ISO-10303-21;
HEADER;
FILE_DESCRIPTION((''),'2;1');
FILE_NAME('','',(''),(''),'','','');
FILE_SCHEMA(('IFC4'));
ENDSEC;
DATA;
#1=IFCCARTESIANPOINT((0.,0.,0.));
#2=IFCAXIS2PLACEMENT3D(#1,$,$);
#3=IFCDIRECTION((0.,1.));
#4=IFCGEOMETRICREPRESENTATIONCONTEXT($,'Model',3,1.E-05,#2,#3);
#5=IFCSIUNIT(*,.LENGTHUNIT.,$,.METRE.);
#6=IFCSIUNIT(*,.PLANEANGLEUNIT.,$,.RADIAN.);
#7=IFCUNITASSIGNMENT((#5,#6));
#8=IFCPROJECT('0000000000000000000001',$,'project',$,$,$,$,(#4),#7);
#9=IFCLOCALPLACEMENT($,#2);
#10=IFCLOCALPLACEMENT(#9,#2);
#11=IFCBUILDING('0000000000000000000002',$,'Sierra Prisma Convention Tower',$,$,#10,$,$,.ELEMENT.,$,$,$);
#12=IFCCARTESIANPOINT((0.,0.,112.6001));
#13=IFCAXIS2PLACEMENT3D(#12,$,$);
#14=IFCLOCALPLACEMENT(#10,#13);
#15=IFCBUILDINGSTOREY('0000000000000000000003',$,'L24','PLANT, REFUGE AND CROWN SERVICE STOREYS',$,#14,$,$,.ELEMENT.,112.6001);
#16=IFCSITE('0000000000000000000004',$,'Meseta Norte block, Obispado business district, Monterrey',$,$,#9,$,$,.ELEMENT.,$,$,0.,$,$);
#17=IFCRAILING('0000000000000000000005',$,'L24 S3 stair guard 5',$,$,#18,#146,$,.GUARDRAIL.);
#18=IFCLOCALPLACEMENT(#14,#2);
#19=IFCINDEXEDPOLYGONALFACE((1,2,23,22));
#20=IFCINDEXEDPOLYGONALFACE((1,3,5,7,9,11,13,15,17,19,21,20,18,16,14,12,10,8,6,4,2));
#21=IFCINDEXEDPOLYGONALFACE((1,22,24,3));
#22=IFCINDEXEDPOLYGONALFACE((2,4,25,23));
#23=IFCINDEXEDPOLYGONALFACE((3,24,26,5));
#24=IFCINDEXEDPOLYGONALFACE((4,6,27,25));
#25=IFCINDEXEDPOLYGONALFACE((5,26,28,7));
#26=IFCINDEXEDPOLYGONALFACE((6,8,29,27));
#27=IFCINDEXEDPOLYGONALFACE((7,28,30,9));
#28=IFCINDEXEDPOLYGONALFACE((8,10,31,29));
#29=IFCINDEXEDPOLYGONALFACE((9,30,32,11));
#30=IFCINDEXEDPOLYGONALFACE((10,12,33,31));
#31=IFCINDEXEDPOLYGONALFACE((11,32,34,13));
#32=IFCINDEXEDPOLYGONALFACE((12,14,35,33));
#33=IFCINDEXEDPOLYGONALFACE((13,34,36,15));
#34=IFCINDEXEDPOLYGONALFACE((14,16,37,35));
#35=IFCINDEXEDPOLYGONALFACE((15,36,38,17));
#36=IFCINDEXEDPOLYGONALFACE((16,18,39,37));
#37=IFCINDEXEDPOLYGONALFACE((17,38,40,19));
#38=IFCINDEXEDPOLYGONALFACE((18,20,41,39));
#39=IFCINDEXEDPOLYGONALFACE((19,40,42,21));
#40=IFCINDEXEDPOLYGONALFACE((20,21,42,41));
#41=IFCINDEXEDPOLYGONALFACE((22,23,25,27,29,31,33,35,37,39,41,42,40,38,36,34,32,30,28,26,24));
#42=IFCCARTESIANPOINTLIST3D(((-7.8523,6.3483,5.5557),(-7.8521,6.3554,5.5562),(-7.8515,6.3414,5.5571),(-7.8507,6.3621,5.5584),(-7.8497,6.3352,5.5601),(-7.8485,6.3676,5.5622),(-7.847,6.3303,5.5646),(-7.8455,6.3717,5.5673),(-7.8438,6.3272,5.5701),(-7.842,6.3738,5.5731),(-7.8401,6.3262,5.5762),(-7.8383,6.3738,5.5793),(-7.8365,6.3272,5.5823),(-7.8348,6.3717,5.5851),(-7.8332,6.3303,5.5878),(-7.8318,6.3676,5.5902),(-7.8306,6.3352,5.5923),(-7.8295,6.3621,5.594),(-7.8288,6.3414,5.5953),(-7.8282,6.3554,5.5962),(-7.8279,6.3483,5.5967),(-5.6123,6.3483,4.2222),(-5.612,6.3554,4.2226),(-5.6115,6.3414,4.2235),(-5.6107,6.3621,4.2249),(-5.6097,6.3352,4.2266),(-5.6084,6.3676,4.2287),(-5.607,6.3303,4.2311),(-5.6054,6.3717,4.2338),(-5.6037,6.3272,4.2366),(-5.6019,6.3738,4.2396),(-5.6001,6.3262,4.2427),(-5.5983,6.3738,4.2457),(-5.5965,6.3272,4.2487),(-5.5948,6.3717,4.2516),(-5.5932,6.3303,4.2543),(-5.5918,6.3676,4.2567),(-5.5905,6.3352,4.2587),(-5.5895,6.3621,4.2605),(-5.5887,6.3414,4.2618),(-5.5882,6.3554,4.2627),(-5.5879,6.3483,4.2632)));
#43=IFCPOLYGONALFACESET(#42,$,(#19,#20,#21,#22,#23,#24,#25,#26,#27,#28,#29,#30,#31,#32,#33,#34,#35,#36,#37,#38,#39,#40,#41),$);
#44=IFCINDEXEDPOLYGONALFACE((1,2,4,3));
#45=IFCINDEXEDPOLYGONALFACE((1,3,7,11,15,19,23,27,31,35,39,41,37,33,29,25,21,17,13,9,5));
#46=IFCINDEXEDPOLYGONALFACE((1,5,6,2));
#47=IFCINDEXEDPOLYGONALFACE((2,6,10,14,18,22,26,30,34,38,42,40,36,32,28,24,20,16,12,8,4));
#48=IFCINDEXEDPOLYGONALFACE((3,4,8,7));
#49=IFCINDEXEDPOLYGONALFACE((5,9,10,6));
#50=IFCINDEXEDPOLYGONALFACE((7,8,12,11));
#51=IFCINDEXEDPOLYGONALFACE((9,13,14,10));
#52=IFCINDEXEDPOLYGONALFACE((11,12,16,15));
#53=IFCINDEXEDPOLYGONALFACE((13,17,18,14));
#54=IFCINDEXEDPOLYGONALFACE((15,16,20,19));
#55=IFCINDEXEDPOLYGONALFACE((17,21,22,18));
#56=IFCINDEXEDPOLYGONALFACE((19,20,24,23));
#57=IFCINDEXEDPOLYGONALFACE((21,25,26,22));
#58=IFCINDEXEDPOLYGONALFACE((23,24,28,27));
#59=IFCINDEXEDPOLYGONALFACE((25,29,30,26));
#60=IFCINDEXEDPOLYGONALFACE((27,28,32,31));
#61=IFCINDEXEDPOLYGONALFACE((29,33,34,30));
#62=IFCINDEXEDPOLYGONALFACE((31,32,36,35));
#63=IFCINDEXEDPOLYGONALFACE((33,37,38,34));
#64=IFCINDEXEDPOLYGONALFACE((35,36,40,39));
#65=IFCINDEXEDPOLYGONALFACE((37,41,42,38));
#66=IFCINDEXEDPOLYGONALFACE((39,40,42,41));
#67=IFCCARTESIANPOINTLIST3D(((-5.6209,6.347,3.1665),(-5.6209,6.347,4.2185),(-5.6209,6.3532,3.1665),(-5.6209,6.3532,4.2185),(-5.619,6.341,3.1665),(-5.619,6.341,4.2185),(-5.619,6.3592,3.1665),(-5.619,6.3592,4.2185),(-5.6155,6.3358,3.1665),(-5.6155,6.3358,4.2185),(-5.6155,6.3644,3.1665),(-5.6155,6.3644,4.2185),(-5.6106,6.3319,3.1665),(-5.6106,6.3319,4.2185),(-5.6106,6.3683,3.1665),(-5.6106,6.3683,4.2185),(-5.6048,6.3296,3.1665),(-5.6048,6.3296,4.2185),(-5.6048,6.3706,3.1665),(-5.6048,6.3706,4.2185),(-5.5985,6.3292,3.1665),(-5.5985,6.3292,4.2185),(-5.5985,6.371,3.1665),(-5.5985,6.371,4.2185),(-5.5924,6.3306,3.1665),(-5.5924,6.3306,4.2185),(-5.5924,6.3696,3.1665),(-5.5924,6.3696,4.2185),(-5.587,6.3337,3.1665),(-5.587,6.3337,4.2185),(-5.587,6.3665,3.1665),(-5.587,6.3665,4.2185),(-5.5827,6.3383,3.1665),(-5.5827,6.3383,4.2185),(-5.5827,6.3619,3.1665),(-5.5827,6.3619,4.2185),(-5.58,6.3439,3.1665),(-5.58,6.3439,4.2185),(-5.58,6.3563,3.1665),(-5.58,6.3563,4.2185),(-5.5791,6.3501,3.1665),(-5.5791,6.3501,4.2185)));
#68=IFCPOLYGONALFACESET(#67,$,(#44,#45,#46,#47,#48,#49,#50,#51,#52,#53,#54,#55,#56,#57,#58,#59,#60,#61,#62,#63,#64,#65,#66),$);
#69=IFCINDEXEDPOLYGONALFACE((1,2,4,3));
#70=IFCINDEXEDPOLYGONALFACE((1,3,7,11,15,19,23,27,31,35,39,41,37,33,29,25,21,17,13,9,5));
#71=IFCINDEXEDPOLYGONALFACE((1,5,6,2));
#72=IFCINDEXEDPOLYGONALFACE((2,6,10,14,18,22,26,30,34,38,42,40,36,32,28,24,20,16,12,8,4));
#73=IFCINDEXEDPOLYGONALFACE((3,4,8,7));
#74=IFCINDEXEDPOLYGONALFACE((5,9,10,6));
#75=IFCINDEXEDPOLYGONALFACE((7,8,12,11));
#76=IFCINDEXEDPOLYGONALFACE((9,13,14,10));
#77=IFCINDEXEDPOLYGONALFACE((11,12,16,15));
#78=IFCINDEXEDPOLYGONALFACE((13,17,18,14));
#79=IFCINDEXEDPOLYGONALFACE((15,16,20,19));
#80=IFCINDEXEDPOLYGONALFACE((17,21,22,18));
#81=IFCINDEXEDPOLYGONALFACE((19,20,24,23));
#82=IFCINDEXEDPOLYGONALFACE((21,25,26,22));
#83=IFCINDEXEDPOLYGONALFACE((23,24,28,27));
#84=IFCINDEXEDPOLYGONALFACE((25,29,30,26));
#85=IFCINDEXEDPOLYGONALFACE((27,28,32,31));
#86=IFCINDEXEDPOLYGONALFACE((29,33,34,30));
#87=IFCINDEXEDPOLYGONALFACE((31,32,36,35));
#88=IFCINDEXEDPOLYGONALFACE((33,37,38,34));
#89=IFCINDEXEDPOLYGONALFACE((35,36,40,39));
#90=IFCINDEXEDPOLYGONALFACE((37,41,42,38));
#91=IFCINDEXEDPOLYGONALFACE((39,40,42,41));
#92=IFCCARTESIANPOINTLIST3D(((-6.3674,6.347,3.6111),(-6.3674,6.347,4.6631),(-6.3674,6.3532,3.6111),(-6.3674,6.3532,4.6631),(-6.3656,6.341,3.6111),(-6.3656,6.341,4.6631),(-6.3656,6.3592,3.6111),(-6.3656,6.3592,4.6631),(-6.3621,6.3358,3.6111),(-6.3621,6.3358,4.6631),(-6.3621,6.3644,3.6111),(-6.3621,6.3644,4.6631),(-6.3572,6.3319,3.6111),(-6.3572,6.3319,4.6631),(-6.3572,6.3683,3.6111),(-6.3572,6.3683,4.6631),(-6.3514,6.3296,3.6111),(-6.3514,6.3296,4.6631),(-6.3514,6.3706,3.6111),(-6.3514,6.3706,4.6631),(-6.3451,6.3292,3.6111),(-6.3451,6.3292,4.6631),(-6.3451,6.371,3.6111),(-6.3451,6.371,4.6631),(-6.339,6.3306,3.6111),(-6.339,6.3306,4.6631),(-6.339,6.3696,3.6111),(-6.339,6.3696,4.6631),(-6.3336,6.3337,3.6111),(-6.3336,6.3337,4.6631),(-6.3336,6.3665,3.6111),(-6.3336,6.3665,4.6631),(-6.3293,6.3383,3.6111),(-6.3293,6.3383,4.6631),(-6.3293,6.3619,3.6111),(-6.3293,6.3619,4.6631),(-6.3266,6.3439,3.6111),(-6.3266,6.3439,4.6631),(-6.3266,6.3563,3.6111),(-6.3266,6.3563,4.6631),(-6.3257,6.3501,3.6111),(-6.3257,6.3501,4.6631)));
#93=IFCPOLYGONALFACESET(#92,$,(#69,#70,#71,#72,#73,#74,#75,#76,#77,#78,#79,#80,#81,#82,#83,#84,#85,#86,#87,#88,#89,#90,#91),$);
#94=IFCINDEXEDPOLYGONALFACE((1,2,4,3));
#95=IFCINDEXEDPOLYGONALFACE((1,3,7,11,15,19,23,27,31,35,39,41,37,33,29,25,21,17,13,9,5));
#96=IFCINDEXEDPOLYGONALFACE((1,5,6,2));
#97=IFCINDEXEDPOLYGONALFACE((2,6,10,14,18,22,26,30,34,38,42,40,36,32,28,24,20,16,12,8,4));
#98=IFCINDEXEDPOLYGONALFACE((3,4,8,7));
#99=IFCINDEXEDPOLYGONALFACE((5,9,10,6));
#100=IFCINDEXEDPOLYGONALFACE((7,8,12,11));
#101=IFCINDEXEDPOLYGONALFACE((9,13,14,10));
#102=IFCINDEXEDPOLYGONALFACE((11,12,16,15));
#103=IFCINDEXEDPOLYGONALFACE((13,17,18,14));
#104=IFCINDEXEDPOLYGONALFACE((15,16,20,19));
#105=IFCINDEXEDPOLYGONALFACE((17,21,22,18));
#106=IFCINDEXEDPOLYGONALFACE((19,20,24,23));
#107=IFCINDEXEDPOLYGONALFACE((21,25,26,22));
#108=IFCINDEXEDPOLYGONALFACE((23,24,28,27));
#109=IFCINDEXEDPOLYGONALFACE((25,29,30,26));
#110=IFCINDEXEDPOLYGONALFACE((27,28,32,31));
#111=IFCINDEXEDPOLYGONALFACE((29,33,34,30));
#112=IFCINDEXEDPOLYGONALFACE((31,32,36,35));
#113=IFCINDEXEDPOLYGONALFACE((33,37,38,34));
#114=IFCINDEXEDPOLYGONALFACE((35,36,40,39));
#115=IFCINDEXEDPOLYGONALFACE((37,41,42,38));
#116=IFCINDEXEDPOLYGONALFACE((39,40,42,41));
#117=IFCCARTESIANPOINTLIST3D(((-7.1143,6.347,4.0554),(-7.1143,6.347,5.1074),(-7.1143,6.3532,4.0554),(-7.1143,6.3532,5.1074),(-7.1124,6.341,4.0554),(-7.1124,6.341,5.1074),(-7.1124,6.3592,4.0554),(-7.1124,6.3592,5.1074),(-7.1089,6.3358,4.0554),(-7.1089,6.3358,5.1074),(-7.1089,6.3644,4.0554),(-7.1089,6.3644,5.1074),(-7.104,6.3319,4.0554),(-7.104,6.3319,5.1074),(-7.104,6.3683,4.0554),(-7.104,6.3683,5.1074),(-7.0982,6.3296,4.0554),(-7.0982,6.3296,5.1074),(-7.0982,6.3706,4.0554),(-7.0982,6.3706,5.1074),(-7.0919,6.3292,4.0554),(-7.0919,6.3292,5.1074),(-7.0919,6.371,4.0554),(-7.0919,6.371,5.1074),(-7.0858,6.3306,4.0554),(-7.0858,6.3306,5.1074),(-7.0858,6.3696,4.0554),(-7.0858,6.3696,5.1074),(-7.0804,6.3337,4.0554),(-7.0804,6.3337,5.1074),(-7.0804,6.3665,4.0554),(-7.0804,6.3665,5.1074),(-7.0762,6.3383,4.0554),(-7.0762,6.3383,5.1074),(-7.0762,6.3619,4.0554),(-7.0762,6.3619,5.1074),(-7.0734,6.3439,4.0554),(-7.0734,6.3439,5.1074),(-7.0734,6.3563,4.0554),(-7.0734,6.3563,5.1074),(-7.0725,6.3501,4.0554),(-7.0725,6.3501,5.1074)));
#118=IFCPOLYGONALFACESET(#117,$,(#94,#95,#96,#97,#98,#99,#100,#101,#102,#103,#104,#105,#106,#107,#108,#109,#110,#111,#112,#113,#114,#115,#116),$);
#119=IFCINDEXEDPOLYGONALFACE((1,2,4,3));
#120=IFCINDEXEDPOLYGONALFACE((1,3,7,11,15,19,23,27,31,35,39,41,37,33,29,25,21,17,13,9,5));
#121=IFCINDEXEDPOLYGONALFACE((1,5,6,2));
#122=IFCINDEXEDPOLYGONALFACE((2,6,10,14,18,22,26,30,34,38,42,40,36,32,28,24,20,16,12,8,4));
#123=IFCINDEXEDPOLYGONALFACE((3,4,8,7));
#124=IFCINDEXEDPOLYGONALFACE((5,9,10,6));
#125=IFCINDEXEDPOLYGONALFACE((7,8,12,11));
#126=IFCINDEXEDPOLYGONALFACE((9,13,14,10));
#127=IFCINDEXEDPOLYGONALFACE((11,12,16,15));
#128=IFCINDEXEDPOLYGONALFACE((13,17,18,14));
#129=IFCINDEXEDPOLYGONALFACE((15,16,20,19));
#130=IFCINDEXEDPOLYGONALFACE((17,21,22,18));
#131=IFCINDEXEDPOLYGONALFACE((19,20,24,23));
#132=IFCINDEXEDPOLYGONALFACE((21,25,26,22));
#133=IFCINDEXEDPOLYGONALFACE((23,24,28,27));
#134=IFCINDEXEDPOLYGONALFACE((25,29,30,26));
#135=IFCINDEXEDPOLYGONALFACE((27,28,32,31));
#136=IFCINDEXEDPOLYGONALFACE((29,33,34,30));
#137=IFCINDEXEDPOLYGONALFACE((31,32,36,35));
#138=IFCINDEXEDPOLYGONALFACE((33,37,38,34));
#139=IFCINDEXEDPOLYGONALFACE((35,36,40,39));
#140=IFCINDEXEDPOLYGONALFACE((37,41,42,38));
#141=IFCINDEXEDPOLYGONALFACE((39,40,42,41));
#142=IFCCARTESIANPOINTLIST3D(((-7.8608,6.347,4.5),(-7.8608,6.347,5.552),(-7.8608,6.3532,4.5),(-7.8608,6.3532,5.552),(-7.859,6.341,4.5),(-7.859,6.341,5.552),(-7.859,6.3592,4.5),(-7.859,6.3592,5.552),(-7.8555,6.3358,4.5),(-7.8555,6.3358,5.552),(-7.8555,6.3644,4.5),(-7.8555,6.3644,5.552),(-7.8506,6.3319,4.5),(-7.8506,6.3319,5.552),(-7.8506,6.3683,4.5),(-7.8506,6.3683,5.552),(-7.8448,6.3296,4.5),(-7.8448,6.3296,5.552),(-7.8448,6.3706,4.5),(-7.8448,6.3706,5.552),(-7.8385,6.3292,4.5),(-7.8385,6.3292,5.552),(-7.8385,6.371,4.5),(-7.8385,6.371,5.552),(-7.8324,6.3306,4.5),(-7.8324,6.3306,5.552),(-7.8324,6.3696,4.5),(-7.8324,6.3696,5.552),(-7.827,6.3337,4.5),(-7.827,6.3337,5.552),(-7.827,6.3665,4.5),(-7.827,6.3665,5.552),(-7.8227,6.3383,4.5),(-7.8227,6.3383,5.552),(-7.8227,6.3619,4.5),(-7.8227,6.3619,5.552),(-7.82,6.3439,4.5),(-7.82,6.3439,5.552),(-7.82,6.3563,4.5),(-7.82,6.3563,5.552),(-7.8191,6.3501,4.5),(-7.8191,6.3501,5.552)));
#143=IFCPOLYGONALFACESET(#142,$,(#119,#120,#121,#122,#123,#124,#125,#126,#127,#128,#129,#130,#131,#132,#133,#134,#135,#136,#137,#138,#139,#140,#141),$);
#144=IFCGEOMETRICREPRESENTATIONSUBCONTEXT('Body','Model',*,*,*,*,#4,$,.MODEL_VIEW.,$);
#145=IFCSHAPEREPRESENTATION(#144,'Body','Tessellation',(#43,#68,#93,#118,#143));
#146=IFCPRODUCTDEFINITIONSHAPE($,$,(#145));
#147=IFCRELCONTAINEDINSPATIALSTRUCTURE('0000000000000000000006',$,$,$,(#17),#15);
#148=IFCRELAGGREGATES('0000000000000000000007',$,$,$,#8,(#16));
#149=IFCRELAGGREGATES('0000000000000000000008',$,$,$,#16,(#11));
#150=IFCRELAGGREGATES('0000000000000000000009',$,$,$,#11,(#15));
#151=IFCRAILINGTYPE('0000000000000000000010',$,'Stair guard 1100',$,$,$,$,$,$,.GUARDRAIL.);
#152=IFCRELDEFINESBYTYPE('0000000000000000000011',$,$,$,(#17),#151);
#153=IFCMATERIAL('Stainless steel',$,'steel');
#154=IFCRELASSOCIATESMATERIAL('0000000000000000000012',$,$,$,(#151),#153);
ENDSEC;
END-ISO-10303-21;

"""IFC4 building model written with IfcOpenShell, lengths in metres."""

from ifc_helpers import new_model, si_unit, direction, frame, origin, origin_2d, place, context, subcontext, project, spatial, circle, extrude, material, type_object, element, save


model = new_model("IFC4")

# Units and contexts
model_context = context("Model", 3, precision=1e-05, world=origin(), true_north=direction((0.0, 1.0)))
body_context = subcontext(model_context, "Body", "Model", "MODEL_VIEW")
ifc_project = project(units=[si_unit("LENGTHUNIT", "METRE"), si_unit("PLANEANGLEUNIT", "RADIAN")], contexts=[model_context])

# Site, building, storey
site_placement = place(None, origin())
site = spatial("IfcSite", under=ifc_project, at=site_placement, Name="Meseta Norte block, Obispado business district, Monterrey", CompositionType="ELEMENT", RefElevation=0.0)
building_placement = place(site_placement, origin())
building = spatial("IfcBuilding", under=site, at=building_placement, Name="Sierra Prisma Convention Tower", CompositionType="ELEMENT")
storey_placement = place(building_placement, frame((0.0, 0.0, 112.6001)))
storey = spatial("IfcBuildingStorey", under=building, at=storey_placement, Name="L24", Description="PLANT, REFUGE AND CROWN SERVICE STOREYS", CompositionType="ELEMENT", Elevation=112.6001)

# Railing
ifc_material_1 = material(Name="Stainless steel", Category="steel")
railing_type_1 = type_object("IfcRailingType", Name="Stair guard 1100", PredefinedType="GUARDRAIL", material=ifc_material_1)
railing_1_placement = place(storey_placement, frame((-5.6001, 6.3501, 3.1665)))
element("IfcRailing", 1, at=railing_1_placement, inside=storey, type_object=railing_type_1, Name="L24 S3 stair guard 5", PredefinedType="GUARDRAIL", context=body_context, shape_type="SweptSolid", body=[
    extrude(circle(Radius=0.0239, at=origin_2d()), frame((0.0, 0.0, 1.0762), z_axis=(-0.859264, 0.0, 0.511532), x_axis=(0.0, -1.0, 0.0)), (0.0, 0.0, 1.0), 2.6069),
    extrude(circle(Radius=0.021, at=origin_2d()), origin(), (0.0, 0.0, 1.0), 1.052),
    extrude(circle(Radius=0.021, at=origin_2d()), frame((-0.7466, 0.0, 0.4446)), (0.0, 0.0, 1.0), 1.052),
    extrude(circle(Radius=0.021, at=origin_2d()), frame((-1.4934, 0.0, 0.8889)), (0.0, 0.0, 1.0), 1.052),
    extrude(circle(Radius=0.021, at=origin_2d()), frame((-2.24, 0.0, 1.3335)), (0.0, 0.0, 1.0), 1.052),
])

save(model, "model.ifc")
